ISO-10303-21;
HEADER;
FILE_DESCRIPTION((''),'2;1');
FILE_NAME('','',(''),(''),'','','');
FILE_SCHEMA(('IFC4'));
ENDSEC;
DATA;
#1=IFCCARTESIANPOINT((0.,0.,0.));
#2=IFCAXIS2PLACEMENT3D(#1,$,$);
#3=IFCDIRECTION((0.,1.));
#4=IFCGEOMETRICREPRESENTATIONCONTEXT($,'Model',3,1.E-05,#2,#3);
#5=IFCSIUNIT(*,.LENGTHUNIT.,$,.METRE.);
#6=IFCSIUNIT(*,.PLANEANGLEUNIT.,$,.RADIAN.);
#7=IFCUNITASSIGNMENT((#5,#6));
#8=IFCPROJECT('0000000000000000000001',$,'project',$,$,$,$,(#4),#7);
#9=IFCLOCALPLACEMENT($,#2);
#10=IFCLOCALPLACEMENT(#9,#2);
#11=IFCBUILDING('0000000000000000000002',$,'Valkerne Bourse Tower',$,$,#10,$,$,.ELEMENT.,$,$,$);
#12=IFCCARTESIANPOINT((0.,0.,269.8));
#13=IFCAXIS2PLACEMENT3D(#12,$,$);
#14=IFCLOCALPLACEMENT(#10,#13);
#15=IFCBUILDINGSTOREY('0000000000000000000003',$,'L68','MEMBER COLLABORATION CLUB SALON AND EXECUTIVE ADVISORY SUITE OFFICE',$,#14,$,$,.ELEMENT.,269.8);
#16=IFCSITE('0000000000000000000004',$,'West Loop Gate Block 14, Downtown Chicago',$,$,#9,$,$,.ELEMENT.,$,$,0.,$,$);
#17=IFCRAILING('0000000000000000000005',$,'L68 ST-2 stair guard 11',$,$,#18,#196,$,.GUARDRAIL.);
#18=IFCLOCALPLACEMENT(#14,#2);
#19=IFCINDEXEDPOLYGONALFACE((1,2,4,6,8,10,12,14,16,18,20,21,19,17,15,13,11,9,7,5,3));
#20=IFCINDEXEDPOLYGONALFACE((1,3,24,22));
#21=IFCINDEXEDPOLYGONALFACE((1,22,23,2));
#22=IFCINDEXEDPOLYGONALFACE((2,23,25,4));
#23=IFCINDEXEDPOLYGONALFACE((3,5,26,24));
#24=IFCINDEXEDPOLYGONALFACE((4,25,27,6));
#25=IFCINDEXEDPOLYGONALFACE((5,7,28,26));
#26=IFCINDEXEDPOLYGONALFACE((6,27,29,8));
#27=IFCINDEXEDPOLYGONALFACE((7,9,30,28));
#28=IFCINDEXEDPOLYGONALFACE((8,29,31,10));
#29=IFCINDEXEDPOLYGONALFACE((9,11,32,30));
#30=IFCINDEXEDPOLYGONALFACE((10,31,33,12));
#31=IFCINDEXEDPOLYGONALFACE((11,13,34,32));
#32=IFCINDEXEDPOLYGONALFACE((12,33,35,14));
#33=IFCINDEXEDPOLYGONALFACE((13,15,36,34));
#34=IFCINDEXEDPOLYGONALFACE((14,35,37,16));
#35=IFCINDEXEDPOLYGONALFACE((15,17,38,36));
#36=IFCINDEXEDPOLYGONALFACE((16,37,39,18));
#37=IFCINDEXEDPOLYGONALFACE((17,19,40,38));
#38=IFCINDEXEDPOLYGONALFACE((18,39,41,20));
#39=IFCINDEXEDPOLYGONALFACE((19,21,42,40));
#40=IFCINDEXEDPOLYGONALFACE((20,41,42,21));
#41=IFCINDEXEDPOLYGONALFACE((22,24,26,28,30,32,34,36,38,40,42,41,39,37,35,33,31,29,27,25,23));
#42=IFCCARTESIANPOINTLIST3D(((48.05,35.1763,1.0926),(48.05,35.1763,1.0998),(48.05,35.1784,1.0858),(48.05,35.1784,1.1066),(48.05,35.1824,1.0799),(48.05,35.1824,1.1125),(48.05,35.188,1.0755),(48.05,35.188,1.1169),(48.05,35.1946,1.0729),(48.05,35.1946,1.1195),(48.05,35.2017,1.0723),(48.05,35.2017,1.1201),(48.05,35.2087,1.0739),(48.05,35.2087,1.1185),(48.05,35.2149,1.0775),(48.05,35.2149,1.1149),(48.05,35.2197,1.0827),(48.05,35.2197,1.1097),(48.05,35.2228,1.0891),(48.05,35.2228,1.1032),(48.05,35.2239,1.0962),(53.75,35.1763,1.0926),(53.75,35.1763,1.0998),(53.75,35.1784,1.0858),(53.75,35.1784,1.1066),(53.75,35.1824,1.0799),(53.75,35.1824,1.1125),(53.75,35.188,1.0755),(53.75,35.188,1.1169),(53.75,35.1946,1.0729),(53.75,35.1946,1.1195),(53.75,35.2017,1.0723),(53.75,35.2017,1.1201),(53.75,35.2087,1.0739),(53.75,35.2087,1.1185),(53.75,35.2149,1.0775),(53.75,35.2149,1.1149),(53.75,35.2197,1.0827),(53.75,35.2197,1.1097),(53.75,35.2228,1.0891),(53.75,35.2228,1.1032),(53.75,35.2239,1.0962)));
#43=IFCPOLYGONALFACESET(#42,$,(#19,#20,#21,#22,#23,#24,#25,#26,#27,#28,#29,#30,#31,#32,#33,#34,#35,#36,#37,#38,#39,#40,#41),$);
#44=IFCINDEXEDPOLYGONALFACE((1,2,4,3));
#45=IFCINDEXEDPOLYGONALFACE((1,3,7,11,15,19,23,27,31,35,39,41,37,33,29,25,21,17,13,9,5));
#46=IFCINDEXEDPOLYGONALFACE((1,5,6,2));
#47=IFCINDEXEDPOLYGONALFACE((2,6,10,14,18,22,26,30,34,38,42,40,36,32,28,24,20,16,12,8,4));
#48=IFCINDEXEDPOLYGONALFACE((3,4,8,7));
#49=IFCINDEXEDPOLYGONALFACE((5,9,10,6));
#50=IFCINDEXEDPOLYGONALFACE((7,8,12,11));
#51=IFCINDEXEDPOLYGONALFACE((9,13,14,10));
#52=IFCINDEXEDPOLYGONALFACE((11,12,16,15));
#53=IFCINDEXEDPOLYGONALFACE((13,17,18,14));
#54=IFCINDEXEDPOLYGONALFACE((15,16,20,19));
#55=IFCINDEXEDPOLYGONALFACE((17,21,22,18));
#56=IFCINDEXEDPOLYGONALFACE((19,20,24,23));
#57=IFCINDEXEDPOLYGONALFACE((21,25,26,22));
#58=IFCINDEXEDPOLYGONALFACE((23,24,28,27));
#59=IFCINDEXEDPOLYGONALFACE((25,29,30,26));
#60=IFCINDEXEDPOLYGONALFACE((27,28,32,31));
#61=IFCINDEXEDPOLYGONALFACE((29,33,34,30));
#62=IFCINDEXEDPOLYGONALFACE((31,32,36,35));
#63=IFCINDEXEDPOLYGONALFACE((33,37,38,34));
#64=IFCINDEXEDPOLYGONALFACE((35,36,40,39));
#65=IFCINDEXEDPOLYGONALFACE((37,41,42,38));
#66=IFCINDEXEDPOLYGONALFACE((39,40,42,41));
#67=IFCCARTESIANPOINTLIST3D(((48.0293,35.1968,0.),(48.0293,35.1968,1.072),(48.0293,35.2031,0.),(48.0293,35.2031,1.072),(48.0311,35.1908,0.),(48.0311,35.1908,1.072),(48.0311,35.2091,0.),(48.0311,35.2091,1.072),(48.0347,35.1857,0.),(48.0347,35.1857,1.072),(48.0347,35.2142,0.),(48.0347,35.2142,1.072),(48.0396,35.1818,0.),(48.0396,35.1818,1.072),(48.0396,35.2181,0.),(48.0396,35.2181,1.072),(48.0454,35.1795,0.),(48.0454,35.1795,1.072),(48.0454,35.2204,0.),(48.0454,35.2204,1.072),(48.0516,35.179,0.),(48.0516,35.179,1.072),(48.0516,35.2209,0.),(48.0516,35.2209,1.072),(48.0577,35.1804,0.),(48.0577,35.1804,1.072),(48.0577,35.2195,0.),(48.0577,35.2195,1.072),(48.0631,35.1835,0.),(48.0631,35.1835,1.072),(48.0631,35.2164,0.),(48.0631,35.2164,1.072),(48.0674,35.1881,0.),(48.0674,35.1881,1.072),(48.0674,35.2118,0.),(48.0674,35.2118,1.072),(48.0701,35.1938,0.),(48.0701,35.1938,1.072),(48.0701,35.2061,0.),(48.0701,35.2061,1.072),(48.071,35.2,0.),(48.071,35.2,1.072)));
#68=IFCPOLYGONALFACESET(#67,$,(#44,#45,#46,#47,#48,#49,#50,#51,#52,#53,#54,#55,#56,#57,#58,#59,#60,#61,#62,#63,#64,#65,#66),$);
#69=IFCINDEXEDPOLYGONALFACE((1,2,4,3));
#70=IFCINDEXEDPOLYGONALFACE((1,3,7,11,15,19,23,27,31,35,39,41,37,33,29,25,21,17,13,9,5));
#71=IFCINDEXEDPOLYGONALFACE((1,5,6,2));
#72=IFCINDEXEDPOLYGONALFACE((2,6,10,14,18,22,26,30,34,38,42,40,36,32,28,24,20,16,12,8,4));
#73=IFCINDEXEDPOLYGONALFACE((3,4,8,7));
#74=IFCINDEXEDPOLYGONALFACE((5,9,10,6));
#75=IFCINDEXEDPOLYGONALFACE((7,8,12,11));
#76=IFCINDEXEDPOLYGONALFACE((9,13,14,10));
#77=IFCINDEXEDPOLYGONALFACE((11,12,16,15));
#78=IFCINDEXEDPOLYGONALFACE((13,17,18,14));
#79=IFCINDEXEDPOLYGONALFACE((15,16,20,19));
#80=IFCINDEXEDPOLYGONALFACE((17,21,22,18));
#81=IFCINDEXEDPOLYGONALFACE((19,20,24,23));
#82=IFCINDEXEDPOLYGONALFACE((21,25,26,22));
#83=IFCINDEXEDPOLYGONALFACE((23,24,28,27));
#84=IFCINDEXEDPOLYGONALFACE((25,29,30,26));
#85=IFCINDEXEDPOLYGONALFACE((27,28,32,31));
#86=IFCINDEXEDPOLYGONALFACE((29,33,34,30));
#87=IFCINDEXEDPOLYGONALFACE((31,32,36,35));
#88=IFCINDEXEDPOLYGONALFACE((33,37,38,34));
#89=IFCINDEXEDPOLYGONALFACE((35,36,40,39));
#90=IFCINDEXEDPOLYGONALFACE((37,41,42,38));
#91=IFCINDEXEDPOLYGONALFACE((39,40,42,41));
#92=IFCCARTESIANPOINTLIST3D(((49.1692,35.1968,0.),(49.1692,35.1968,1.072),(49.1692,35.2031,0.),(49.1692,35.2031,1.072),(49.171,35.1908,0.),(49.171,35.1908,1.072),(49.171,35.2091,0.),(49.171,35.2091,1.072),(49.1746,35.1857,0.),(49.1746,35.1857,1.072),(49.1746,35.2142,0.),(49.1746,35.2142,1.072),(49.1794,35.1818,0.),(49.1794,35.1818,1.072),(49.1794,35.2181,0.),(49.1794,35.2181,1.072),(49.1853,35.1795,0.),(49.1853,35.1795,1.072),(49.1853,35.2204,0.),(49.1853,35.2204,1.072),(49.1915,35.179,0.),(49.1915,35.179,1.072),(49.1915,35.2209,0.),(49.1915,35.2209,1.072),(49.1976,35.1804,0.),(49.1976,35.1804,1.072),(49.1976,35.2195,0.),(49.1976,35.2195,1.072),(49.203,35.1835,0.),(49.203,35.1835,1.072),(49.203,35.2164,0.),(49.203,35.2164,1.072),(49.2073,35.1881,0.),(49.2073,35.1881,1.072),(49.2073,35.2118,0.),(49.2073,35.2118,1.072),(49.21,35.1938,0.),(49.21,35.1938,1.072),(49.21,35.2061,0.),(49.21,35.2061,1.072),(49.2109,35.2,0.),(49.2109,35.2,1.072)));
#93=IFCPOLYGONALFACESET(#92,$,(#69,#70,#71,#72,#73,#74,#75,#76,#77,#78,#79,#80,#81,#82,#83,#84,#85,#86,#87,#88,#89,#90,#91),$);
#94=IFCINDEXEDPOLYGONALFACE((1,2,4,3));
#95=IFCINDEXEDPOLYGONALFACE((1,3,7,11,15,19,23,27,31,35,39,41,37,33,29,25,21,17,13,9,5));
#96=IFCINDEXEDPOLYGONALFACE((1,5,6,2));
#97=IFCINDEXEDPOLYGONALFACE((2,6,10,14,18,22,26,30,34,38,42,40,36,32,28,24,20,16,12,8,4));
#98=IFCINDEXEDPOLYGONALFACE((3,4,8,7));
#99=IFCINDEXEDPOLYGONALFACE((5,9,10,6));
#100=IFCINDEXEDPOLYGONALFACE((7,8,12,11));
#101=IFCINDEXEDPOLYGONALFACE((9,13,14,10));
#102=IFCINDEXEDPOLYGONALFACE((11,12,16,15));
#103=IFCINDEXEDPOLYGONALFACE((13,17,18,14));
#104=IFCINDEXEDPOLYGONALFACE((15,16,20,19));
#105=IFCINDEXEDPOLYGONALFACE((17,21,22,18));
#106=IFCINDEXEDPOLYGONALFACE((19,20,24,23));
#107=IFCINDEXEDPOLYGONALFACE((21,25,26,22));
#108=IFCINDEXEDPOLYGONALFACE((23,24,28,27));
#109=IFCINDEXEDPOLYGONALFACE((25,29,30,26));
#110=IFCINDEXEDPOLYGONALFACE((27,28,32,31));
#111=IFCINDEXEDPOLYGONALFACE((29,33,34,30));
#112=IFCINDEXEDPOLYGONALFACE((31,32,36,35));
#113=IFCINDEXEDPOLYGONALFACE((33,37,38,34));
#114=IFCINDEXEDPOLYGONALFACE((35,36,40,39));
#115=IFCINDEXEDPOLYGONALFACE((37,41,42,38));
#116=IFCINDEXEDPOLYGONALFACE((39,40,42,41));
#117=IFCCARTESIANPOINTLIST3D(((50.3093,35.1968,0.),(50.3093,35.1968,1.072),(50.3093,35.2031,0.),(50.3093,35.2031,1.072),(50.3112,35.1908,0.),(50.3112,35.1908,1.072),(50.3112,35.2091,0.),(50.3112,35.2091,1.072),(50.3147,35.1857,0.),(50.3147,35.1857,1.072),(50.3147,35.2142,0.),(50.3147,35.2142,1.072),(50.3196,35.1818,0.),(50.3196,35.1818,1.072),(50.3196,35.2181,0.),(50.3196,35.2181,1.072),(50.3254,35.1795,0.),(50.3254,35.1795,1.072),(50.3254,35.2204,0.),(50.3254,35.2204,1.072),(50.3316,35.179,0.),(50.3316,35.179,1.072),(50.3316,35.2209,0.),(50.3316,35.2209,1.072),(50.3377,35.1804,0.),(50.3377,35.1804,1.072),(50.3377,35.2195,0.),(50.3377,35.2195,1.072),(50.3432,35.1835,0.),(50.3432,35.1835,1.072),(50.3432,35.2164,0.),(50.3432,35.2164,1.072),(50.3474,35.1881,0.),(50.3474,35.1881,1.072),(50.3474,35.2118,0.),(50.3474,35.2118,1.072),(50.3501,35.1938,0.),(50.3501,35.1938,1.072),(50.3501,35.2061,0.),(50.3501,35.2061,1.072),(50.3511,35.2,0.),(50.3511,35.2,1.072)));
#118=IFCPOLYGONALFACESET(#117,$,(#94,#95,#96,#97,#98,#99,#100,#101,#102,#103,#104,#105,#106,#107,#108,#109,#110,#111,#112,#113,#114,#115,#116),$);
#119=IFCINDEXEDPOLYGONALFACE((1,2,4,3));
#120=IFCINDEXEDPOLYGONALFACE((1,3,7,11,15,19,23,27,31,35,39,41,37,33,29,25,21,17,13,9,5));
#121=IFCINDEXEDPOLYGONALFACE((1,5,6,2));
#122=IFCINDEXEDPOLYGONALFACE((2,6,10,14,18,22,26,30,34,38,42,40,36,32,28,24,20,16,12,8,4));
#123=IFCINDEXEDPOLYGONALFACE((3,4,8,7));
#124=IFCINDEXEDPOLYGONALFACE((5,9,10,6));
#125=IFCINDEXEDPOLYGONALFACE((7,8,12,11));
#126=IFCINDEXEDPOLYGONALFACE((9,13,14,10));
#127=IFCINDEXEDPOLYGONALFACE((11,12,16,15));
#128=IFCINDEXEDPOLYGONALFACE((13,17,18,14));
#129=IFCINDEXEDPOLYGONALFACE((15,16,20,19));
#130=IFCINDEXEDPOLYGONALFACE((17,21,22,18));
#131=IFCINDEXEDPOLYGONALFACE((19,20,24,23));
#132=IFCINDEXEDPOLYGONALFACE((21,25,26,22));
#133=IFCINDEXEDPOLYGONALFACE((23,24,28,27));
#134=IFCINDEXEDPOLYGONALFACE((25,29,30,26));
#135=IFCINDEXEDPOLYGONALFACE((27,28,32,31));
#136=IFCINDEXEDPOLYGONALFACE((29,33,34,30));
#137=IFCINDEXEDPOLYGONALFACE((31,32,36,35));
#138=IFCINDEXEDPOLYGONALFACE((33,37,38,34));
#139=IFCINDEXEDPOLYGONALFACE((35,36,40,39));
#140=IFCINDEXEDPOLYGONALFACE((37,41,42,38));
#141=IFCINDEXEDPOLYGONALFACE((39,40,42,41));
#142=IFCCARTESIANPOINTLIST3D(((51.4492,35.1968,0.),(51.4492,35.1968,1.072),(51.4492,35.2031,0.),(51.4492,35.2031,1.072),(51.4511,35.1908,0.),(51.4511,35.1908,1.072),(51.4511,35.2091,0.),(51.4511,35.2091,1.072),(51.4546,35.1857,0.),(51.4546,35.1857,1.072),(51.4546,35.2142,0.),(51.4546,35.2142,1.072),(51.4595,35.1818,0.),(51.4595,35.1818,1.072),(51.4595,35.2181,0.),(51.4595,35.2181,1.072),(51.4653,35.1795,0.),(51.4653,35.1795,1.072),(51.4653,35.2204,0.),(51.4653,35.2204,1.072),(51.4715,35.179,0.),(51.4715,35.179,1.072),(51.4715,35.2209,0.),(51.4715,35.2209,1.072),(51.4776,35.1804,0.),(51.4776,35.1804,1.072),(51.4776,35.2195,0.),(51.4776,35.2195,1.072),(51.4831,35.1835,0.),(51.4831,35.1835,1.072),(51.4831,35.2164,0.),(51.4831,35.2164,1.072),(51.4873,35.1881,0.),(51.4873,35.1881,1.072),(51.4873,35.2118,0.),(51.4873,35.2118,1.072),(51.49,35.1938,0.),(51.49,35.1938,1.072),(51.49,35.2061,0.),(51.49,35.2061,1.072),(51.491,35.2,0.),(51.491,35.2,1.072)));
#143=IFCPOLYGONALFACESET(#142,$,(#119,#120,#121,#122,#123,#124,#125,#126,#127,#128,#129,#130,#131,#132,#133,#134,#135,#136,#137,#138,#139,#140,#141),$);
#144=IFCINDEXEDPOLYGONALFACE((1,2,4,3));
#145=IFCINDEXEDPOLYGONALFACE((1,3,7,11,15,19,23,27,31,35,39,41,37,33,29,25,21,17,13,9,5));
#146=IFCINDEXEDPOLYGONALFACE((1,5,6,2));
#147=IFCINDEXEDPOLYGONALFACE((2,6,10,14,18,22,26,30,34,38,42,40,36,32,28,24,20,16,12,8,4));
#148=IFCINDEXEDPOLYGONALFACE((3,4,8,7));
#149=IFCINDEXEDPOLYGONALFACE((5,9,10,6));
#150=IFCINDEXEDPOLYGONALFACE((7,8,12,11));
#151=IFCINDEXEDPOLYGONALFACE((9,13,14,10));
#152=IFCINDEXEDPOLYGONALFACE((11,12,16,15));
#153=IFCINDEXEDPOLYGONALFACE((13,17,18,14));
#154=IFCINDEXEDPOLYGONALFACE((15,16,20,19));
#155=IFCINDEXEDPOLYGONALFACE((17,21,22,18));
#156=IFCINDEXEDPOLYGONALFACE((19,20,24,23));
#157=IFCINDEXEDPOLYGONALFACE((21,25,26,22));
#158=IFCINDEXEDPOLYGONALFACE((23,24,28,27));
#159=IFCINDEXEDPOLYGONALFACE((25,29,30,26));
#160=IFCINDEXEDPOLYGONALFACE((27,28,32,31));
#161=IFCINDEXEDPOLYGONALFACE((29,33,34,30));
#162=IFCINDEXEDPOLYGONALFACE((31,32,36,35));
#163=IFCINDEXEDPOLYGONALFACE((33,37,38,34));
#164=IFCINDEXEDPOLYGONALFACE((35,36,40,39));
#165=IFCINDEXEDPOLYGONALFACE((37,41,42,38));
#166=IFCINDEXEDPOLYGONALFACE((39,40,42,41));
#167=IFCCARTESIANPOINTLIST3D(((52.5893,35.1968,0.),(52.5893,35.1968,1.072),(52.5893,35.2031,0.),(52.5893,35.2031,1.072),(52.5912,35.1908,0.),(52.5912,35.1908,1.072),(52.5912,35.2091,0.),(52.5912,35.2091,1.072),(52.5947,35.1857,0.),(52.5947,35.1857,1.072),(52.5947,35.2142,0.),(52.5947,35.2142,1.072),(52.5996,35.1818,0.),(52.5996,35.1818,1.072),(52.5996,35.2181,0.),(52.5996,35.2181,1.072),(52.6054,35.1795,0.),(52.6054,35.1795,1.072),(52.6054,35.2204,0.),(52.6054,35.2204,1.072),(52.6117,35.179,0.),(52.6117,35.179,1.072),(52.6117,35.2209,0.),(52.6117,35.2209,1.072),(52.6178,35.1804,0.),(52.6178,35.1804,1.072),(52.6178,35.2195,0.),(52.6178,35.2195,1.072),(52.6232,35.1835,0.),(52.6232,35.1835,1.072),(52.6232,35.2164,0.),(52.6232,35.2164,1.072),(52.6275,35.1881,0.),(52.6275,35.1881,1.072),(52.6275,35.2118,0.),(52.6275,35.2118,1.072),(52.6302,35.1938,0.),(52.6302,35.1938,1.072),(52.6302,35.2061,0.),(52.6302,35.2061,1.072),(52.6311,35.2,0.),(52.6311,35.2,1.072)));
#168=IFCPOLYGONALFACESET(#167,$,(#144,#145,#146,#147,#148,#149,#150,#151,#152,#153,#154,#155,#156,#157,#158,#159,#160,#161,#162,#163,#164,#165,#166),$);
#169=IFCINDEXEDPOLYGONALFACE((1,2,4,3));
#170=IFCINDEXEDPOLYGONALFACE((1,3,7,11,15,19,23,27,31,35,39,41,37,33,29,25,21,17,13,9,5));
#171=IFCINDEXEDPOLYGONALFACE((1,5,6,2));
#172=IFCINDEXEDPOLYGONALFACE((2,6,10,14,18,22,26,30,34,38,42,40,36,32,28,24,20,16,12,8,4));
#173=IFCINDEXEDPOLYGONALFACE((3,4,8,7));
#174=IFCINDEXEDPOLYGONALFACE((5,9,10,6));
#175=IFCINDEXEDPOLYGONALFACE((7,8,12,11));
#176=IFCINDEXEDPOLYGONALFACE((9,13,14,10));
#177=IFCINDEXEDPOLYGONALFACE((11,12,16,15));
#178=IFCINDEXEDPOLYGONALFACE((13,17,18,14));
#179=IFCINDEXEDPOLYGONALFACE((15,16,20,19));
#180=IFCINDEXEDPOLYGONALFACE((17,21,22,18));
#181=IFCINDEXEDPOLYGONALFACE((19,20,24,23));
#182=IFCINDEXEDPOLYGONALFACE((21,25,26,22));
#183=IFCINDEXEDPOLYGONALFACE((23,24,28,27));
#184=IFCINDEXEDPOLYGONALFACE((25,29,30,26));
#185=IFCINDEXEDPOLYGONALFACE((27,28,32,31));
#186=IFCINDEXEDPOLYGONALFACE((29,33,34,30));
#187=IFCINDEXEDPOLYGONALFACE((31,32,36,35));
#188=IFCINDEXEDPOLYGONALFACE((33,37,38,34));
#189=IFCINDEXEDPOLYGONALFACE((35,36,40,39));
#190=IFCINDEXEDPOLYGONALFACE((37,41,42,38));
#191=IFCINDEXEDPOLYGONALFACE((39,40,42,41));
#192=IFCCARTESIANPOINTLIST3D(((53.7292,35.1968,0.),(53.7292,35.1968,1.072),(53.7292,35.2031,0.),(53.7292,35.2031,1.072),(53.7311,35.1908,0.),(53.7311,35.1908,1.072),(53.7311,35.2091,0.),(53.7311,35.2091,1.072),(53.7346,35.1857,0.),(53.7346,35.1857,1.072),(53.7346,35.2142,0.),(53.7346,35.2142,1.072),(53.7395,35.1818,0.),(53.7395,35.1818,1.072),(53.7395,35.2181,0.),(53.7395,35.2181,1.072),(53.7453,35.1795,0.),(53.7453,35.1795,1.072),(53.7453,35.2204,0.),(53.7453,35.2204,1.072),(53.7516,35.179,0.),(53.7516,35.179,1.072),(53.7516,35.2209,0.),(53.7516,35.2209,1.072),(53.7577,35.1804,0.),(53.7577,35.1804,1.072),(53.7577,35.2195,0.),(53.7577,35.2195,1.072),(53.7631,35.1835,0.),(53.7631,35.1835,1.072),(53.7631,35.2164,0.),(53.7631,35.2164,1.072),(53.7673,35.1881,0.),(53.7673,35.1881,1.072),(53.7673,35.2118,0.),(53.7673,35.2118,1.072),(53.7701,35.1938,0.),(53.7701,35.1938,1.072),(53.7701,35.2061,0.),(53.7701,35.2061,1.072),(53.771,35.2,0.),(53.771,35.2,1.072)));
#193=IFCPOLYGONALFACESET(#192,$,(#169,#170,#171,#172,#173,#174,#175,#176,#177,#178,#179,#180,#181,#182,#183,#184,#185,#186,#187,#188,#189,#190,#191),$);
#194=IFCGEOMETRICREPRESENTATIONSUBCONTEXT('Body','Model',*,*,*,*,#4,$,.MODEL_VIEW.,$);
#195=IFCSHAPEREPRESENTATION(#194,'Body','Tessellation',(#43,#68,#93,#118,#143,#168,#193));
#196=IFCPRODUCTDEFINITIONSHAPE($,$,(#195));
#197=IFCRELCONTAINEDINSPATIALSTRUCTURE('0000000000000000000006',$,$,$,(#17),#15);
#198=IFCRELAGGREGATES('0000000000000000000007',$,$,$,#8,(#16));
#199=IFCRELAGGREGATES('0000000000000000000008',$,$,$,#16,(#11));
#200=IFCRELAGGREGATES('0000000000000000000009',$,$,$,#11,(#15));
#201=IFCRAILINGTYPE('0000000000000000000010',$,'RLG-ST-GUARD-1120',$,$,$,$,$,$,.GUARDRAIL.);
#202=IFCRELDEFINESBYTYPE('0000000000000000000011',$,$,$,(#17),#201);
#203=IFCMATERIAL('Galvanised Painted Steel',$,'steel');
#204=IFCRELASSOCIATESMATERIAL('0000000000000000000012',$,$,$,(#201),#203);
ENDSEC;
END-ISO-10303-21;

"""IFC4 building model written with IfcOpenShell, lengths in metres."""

from ifc_helpers import new_model, si_unit, direction, frame, origin, origin_2d, place, context, subcontext, project, spatial, circle, extrude, material, type_object, element, save


model = new_model("IFC4")

# Units and contexts
model_context = context("Model", 3, precision=1e-05, world=origin(), true_north=direction((0.0, 1.0)))
body_context = subcontext(model_context, "Body", "Model", "MODEL_VIEW")
ifc_project = project(units=[si_unit("LENGTHUNIT", "METRE"), si_unit("PLANEANGLEUNIT", "RADIAN")], contexts=[model_context])

# Site, building, storey
site_placement = place(None, origin())
site = spatial("IfcSite", under=ifc_project, at=site_placement, Name="West Loop Gate Block 14, Downtown Chicago", CompositionType="ELEMENT", RefElevation=0.0)
building_placement = place(site_placement, origin())
building = spatial("IfcBuilding", under=site, at=building_placement, Name="Valkerne Bourse Tower", CompositionType="ELEMENT")
storey_placement = place(building_placement, frame((0.0, 0.0, 269.8)))
storey = spatial("IfcBuildingStorey", under=building, at=storey_placement, Name="L68", Description="MEMBER COLLABORATION CLUB SALON AND EXECUTIVE ADVISORY SUITE OFFICE", CompositionType="ELEMENT", Elevation=269.8)

# Shared definitions
ifc_material_1 = material(Name="Galvanised Painted Steel", Category="steel")

# Railing
railing_type_1 = type_object("IfcRailingType", Name="RLG-ST-GUARD-1120", PredefinedType="GUARDRAIL", material=ifc_material_1)
for number, where, name in (
    (1, (48.05, 35.2, 0.0), "L68 ST-2 stair guard 11"),
):
    element("IfcRailing", number, at=place(storey_placement, frame(where)), inside=storey, type_object=railing_type_1, Name=name, PredefinedType="GUARDRAIL", context=body_context, shape_type="SweptSolid", body=[
        extrude(circle(Radius=0.0239, at=origin_2d()), frame((0.0, 0.0, 1.0962), z_axis=(1.0, 0.0, 0.0), x_axis=(0.0, 1.0, 0.0)), (0.0, 0.0, 1.0), 5.7),
        extrude(circle(Radius=0.021, at=origin_2d()), origin(), (0.0, 0.0, 1.0), 1.072),
        extrude(circle(Radius=0.021, at=origin_2d()), frame((1.1399, 0.0, 0.0)), (0.0, 0.0, 1.0), 1.072),
        extrude(circle(Radius=0.021, at=origin_2d()), frame((2.28, 0.0, 0.0)), (0.0, 0.0, 1.0), 1.072),
        extrude(circle(Radius=0.021, at=origin_2d()), frame((3.4199, 0.0, 0.0)), (0.0, 0.0, 1.0), 1.072),
        extrude(circle(Radius=0.021, at=origin_2d()), frame((4.5601, 0.0, 0.0)), (0.0, 0.0, 1.0), 1.072),
        extrude(circle(Radius=0.021, at=origin_2d()), frame((5.7, 0.0, 0.0)), (0.0, 0.0, 1.0), 1.072),
    ])

save(model, "model.ifc")
